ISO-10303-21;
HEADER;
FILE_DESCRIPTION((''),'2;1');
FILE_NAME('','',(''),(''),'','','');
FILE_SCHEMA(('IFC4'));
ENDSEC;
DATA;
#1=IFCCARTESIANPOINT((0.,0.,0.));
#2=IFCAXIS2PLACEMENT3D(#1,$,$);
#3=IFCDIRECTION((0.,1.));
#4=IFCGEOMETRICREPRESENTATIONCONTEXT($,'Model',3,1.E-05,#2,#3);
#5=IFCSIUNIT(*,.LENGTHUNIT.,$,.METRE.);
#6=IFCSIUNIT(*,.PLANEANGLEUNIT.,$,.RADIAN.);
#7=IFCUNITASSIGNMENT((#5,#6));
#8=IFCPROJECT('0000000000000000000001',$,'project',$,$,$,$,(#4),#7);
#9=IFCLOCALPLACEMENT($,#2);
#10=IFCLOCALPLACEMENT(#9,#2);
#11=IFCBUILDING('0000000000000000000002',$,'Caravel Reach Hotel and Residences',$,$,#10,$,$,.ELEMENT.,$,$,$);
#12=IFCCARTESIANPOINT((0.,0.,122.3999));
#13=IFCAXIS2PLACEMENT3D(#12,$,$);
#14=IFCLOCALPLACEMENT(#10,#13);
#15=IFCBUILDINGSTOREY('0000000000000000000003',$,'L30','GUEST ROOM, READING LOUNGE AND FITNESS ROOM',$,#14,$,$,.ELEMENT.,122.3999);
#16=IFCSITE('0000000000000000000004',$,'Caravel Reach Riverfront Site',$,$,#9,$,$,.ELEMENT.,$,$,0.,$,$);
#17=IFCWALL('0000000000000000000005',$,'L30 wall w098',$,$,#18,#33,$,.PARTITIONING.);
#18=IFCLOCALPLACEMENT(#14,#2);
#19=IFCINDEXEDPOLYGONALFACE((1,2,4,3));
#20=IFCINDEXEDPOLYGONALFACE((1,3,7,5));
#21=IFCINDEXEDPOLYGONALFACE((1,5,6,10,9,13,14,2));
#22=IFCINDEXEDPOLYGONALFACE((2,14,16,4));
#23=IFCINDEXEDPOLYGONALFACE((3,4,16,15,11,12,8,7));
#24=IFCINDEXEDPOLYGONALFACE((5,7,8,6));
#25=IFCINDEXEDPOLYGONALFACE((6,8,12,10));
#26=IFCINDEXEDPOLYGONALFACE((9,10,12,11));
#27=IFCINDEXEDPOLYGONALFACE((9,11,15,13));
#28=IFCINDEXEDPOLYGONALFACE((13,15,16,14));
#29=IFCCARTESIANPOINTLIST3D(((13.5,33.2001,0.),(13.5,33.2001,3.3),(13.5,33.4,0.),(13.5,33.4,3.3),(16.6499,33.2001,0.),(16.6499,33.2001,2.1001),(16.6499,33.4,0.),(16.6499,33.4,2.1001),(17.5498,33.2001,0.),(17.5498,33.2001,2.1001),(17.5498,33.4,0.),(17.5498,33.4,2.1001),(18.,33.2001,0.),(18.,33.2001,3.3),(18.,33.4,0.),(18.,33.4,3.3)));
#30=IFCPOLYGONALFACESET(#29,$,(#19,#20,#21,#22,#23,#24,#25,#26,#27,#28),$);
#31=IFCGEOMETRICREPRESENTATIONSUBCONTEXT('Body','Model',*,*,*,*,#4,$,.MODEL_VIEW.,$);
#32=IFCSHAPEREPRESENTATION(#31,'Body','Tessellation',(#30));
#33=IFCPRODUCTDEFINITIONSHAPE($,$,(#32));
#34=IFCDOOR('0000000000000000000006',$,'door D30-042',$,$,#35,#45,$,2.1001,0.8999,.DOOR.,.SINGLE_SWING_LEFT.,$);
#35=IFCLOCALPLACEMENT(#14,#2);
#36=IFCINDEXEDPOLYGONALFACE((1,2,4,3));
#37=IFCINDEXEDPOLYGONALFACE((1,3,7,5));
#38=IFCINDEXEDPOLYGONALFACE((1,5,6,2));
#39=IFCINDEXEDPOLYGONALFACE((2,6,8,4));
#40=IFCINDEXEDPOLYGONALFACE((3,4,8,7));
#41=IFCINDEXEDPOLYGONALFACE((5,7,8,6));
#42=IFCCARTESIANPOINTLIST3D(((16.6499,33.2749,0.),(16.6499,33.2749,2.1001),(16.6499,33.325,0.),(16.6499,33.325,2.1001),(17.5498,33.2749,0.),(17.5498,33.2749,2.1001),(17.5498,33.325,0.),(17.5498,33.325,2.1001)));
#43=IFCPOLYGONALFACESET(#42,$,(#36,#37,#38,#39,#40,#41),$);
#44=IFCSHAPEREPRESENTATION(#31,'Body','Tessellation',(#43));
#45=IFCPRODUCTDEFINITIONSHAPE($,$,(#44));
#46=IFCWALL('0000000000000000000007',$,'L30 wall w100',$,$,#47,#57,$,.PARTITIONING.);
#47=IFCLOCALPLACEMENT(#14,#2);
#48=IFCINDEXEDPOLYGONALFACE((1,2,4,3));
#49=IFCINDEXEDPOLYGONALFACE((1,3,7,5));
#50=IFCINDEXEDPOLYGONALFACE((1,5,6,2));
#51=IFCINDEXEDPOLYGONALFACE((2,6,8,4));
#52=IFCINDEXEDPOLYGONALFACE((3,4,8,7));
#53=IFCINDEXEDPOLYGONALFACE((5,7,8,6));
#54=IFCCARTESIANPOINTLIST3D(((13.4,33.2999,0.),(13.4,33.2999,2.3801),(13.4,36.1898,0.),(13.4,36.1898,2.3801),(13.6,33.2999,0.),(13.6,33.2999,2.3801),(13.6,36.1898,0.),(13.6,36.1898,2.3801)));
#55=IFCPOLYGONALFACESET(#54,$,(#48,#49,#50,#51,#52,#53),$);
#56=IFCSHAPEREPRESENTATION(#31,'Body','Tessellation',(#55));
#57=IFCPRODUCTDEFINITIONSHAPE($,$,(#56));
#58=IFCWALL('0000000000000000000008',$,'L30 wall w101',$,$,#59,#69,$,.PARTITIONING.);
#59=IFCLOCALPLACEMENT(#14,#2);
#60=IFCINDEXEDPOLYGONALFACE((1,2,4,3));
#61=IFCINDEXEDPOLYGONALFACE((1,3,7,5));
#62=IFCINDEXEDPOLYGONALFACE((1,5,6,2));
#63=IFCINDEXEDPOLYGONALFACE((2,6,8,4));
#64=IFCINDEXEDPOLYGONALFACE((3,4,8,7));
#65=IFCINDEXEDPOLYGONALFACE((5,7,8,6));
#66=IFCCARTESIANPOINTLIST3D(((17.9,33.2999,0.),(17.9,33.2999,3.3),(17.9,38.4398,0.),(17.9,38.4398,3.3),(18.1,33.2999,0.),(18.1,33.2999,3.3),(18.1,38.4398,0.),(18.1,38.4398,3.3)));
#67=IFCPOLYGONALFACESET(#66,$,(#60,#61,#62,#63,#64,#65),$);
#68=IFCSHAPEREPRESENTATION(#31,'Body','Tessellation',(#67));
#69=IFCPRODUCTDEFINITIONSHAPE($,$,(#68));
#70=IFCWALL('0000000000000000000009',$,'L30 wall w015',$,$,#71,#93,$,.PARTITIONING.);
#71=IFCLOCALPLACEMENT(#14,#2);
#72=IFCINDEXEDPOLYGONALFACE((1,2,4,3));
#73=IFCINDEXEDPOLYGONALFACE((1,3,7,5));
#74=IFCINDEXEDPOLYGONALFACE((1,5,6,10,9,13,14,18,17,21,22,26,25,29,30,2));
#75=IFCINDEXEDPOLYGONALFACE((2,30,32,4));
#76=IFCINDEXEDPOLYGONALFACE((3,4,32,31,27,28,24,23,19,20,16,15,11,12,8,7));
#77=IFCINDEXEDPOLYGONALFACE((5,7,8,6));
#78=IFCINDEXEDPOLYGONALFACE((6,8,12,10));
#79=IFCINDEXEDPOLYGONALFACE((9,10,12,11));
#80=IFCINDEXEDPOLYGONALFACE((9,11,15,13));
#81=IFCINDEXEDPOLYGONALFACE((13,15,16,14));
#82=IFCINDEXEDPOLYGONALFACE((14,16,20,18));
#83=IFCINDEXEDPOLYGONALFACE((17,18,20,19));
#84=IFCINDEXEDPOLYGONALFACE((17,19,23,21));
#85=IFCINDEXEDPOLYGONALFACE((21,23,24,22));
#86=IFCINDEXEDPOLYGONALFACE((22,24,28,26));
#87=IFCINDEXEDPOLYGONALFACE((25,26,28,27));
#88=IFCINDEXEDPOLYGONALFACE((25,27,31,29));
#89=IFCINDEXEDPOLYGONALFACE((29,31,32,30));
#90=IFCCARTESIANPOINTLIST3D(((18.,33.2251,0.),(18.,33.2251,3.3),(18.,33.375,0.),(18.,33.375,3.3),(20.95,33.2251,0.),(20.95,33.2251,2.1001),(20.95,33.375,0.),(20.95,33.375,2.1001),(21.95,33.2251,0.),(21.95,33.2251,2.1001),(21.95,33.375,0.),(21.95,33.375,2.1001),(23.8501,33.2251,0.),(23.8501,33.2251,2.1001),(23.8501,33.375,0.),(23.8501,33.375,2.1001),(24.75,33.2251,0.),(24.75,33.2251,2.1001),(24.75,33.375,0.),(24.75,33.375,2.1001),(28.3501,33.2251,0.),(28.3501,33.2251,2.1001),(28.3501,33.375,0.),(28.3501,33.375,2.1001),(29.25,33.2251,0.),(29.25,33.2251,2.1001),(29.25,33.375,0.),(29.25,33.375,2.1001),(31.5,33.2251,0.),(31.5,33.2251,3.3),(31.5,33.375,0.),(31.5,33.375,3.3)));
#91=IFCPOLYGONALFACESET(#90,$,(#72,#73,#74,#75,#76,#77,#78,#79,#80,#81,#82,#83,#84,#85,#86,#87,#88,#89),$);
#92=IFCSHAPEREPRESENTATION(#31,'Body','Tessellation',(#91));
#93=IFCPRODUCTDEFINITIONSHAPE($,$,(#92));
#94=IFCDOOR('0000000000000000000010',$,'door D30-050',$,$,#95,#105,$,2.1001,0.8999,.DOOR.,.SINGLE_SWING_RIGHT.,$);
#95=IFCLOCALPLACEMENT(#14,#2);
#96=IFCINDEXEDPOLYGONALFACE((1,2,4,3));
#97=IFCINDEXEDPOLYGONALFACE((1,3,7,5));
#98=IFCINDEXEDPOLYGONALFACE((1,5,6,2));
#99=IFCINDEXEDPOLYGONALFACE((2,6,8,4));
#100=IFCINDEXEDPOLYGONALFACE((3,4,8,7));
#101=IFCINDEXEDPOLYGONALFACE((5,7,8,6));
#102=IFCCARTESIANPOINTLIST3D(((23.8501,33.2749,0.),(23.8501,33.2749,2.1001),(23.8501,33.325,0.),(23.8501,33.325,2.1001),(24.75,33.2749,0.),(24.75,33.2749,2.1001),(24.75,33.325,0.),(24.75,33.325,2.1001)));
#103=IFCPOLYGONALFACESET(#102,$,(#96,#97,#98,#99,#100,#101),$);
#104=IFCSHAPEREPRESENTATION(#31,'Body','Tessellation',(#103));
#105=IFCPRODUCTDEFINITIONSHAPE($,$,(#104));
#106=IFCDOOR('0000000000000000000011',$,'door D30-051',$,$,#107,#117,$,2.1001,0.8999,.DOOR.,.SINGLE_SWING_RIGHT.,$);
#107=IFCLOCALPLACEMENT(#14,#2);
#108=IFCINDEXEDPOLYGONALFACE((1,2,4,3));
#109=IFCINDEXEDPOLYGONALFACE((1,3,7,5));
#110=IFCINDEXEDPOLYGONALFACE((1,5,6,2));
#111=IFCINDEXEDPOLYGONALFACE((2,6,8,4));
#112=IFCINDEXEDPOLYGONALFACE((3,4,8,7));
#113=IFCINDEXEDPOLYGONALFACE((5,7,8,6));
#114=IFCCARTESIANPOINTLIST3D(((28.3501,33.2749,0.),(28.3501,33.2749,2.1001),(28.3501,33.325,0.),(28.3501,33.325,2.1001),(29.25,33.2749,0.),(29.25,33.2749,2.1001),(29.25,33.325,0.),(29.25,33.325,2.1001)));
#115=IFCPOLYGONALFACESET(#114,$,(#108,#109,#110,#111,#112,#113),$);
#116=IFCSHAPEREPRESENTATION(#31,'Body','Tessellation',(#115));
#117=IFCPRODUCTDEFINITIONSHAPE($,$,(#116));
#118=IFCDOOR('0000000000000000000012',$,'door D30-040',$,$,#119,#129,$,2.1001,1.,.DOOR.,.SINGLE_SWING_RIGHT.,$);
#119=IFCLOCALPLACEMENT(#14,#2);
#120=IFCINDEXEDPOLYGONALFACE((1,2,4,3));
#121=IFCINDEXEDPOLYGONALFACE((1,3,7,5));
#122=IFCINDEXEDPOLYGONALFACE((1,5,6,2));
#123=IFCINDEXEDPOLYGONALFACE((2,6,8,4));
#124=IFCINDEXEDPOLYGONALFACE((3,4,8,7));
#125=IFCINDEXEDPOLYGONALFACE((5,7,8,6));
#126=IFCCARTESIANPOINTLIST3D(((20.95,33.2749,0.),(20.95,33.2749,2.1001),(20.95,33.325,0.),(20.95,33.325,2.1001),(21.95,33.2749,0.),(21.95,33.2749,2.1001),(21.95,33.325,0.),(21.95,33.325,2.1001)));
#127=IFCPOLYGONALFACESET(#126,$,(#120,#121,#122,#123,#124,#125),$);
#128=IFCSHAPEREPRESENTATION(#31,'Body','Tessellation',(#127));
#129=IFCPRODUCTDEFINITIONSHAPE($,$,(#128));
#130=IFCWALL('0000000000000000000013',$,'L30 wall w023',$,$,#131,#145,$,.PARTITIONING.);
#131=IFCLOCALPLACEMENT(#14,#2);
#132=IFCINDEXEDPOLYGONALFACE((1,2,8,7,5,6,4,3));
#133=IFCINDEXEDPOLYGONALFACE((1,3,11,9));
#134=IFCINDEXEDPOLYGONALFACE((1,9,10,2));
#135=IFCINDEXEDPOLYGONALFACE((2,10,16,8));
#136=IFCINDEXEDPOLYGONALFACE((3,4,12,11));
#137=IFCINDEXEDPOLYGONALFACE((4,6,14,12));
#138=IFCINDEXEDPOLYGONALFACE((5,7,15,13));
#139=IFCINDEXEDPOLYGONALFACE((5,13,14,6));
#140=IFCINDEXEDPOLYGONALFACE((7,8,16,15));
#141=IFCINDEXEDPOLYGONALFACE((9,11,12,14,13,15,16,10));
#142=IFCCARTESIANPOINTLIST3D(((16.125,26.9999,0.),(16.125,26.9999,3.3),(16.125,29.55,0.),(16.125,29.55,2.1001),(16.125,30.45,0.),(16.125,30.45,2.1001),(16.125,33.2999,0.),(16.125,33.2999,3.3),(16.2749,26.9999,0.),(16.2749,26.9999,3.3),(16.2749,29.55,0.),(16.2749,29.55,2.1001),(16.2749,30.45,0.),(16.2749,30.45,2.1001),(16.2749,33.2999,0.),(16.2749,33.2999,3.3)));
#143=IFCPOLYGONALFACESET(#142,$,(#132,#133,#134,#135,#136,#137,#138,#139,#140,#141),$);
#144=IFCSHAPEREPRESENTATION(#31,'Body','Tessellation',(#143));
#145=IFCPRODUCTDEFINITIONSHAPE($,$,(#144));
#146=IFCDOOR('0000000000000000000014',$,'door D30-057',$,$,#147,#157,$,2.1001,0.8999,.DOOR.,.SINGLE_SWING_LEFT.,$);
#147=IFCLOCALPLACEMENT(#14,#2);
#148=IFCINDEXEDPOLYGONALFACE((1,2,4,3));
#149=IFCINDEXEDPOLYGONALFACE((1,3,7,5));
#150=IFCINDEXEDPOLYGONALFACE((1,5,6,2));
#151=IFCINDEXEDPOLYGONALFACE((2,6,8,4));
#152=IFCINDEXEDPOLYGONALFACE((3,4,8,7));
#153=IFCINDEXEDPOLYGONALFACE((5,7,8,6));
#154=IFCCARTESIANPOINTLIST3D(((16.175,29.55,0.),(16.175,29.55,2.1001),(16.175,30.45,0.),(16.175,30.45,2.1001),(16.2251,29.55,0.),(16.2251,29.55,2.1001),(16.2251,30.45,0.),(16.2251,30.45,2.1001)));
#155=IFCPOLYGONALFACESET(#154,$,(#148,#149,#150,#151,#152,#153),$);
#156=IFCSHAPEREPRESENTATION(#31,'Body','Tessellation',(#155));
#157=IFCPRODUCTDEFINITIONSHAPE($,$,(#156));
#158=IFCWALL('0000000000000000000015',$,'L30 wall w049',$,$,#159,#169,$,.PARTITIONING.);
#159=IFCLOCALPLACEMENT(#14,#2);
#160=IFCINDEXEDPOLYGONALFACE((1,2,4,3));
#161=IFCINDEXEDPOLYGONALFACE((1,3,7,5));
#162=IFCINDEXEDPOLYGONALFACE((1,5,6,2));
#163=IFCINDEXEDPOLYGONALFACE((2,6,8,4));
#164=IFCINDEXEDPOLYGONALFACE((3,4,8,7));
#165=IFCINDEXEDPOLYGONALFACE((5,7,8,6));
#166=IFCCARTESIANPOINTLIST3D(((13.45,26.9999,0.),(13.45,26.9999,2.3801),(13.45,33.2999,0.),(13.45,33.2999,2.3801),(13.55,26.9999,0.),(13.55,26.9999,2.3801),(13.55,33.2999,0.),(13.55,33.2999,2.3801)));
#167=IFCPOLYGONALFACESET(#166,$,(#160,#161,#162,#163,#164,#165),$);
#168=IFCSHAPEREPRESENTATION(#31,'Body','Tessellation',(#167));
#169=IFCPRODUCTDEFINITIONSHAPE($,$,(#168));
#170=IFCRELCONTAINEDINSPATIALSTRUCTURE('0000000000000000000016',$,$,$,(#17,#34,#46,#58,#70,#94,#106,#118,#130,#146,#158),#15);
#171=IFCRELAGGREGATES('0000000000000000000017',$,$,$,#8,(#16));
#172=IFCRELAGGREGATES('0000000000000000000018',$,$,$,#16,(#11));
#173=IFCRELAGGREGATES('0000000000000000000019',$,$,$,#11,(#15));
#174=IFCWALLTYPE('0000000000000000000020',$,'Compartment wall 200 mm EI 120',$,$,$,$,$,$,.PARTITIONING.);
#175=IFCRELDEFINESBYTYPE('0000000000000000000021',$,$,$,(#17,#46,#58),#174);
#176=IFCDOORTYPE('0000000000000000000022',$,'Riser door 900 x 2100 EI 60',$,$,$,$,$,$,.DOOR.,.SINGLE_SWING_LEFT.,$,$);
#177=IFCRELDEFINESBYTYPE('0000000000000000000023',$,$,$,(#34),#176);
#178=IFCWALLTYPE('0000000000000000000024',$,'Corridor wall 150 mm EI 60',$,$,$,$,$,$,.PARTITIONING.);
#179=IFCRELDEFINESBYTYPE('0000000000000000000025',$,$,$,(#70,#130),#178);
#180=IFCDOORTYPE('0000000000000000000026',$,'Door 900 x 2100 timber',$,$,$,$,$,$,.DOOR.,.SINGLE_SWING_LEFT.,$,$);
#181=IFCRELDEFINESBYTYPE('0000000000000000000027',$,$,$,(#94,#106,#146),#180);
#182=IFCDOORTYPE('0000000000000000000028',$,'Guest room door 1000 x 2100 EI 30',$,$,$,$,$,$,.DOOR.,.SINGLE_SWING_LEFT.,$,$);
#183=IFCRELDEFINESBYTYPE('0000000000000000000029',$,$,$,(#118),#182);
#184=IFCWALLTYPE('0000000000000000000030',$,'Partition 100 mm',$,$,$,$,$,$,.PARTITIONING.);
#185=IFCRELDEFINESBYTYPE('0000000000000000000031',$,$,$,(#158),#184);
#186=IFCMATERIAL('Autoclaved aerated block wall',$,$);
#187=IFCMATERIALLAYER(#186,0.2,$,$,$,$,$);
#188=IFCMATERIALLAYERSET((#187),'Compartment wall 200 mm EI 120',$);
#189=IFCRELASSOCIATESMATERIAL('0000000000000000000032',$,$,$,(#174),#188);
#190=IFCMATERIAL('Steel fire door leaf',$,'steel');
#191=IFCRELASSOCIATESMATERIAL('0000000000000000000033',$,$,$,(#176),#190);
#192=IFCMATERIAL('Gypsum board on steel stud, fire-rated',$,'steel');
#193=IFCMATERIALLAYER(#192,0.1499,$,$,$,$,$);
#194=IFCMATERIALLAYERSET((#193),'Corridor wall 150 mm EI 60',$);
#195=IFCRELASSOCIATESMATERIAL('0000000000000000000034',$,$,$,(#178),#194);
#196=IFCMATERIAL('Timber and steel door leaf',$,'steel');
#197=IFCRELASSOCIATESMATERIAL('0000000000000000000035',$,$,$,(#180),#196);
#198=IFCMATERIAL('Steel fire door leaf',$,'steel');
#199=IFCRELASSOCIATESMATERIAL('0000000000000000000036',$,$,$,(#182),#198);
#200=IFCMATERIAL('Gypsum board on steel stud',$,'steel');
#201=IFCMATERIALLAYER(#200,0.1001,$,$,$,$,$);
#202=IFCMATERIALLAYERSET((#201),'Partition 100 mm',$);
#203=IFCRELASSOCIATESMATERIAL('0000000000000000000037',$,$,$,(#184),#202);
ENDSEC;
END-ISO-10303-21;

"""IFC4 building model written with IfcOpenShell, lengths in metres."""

from ifc_helpers import new_model, si_unit, direction, frame, frame_2d, origin, place, context, subcontext, project, spatial, rectangle, extrude, material, layer, layer_set, type_object, element, fill, save


model = new_model("IFC4")

# Units and contexts
model_context = context("Model", 3, precision=1e-05, world=origin(), true_north=direction((0.0, 1.0)))
body_context = subcontext(model_context, "Body", "Model", "MODEL_VIEW")
ifc_project = project(units=[si_unit("LENGTHUNIT", "METRE"), si_unit("PLANEANGLEUNIT", "RADIAN")], contexts=[model_context])

# Site, building, storey
site_placement = place(None, origin())
site = spatial("IfcSite", under=ifc_project, at=site_placement, Name="Caravel Reach Riverfront Site", CompositionType="ELEMENT", RefElevation=0.0)
building_placement = place(site_placement, origin())
building = spatial("IfcBuilding", under=site, at=building_placement, Name="Caravel Reach Hotel and Residences", CompositionType="ELEMENT")
storey_placement = place(building_placement, frame((0.0, 0.0, 122.3999)))
storey = spatial("IfcBuildingStorey", under=building, at=storey_placement, Name="L30", Description="GUEST ROOM, READING LOUNGE AND FITNESS ROOM", CompositionType="ELEMENT", Elevation=122.3999)

# Wall, opening, door
ifc_material_1 = material(Name="Autoclaved aerated block wall")
ifc_layer_1 = layer(ifc_material_1, 0.2)
ifc_layer_set_1 = layer_set([ifc_layer_1], Name="Compartment wall 200 mm EI 120")
wall_type_1 = type_object("IfcWallType", Name="Compartment wall 200 mm EI 120", PredefinedType="PARTITIONING", material=ifc_layer_set_1)
wall_1_placement = place(storey_placement, frame((13.5, 33.3, 0.0), z_axis=(0.0, 0.0, 1.0), x_axis=(1.0, 0.0, 0.0)))
wall_1 = element("IfcWall", 1, at=wall_1_placement, inside=storey, type_object=wall_type_1, Name="L30 wall w098", PredefinedType="PARTITIONING", context=body_context, shape_type="SweptSolid", body=[
    extrude(rectangle(XDim=4.5, YDim=0.2, at=frame_2d((2.25, 0.0))), origin(), (0.0, 0.0, 1.0), 3.3),
])
opening_1_placement = place(wall_1_placement, frame((3.1499, 0.0, 0.0)))
opening_1 = element("IfcOpeningElement", 2, at=opening_1_placement, cuts=wall_1, PredefinedType="OPENING", context=body_context, shape_type="SweptSolid", body=[
    extrude(rectangle(XDim=0.8999, YDim=2.1001, at=frame_2d((0.45, 1.05))), frame((0.0, 0.1099, 0.0), z_axis=(0.0, -1.0, 0.0), x_axis=(1.0, 0.0, 0.0)), (0.0, 0.0, 1.0), 0.22),
])
ifc_material_2 = material(Name="Steel fire door leaf", Category="steel")
door_type_1 = type_object("IfcDoorType", Name="Riser door 900 x 2100 EI 60", OperationType="SINGLE_SWING_LEFT", PredefinedType="DOOR", material=ifc_material_2)
door_1_placement = place(opening_1_placement, origin())
door_1 = element("IfcDoor", 3, at=door_1_placement, inside=storey, type_object=door_type_1, Name="door D30-042", OperationType="SINGLE_SWING_LEFT", OverallHeight=2.1001, OverallWidth=0.8999, PredefinedType="DOOR", context=body_context, shape_type="SweptSolid", body=[
    extrude(rectangle(XDim=0.8999, YDim=2.1001, at=frame_2d((0.45, 1.05))), frame((0.0, 0.0249, 0.0), z_axis=(0.0, -1.0, 0.0), x_axis=(1.0, 0.0, 0.0)), (0.0, 0.0, 1.0), 0.05),
])
fill(opening_1, door_1)

# Walls
wall_2_placement = place(storey_placement, frame((13.5, 33.3, 0.0), z_axis=(0.0, 0.0, 1.0), x_axis=(0.0, 1.0, 0.0)))
element("IfcWall", 4, at=wall_2_placement, inside=storey, type_object=wall_type_1, Name="L30 wall w100", PredefinedType="PARTITIONING", context=body_context, shape_type="SweptSolid", body=[
    extrude(rectangle(XDim=2.8899, YDim=0.2, at=frame_2d((1.4448, 0.0))), origin(), (0.0, 0.0, 1.0), 2.3801),
])
wall_3_placement = place(storey_placement, frame((18.0, 33.3, 0.0), z_axis=(0.0, 0.0, 1.0), x_axis=(0.0, 1.0, 0.0)))
element("IfcWall", 5, at=wall_3_placement, inside=storey, type_object=wall_type_1, Name="L30 wall w101", PredefinedType="PARTITIONING", context=body_context, shape_type="SweptSolid", body=[
    extrude(rectangle(XDim=5.1399, YDim=0.2, at=frame_2d((2.5698, 0.0))), origin(), (0.0, 0.0, 1.0), 3.3),
])

# Wall, openings, doors
ifc_material_3 = material(Name="Gypsum board on steel stud, fire-rated", Category="steel")
ifc_layer_2 = layer(ifc_material_3, 0.1499)
ifc_layer_set_2 = layer_set([ifc_layer_2], Name="Corridor wall 150 mm EI 60")
wall_type_2 = type_object("IfcWallType", Name="Corridor wall 150 mm EI 60", PredefinedType="PARTITIONING", material=ifc_layer_set_2)
wall_4_placement = place(storey_placement, frame((18.0, 33.3, 0.0), z_axis=(0.0, 0.0, 1.0), x_axis=(1.0, 0.0, 0.0)))
wall_4 = element("IfcWall", 6, at=wall_4_placement, inside=storey, type_object=wall_type_2, Name="L30 wall w015", PredefinedType="PARTITIONING", context=body_context, shape_type="SweptSolid", body=[
    extrude(rectangle(XDim=13.5, YDim=0.1499, at=frame_2d((6.75, 0.0))), origin(), (0.0, 0.0, 1.0), 3.3),
])
opening_2_placement = place(wall_4_placement, frame((2.95, 0.0, 0.0)))
opening_2 = element("IfcOpeningElement", 7, at=opening_2_placement, cuts=wall_4, PredefinedType="OPENING", context=body_context, shape_type="SweptSolid", body=[
    extrude(rectangle(XDim=1.0, YDim=2.1001, at=frame_2d((0.5, 1.05))), frame((0.0, 0.085, 0.0), z_axis=(0.0, -1.0, 0.0), x_axis=(1.0, 0.0, 0.0)), (0.0, 0.0, 1.0), 0.1699),
])
opening_3_placement = place(wall_4_placement, frame((5.8501, 0.0, 0.0)))
opening_3 = element("IfcOpeningElement", 8, at=opening_3_placement, cuts=wall_4, PredefinedType="OPENING", context=body_context, shape_type="SweptSolid", body=[
    extrude(rectangle(XDim=0.8999, YDim=2.1001, at=frame_2d((0.45, 1.05))), frame((0.0, 0.085, 0.0), z_axis=(0.0, -1.0, 0.0), x_axis=(1.0, 0.0, 0.0)), (0.0, 0.0, 1.0), 0.1699),
])
opening_4_placement = place(wall_4_placement, frame((10.3501, 0.0, 0.0)))
opening_4 = element("IfcOpeningElement", 9, at=opening_4_placement, cuts=wall_4, PredefinedType="OPENING", context=body_context, shape_type="SweptSolid", body=[
    extrude(rectangle(XDim=0.8999, YDim=2.1001, at=frame_2d((0.45, 1.05))), frame((0.0, 0.085, 0.0), z_axis=(0.0, -1.0, 0.0), x_axis=(1.0, 0.0, 0.0)), (0.0, 0.0, 1.0), 0.1699),
])
ifc_material_4 = material(Name="Timber and steel door leaf", Category="steel")
door_type_2 = type_object("IfcDoorType", Name="Door 900 x 2100 timber", OperationType="SINGLE_SWING_LEFT", PredefinedType="DOOR", material=ifc_material_4)
door_2_placement = place(opening_3_placement, origin())
door_2 = element("IfcDoor", 10, at=door_2_placement, inside=storey, type_object=door_type_2, Name="door D30-050", OperationType="SINGLE_SWING_RIGHT", OverallHeight=2.1001, OverallWidth=0.8999, PredefinedType="DOOR", context=body_context, shape_type="SweptSolid", body=[
    extrude(rectangle(XDim=0.8999, YDim=2.1001, at=frame_2d((0.45, 1.05))), frame((0.0, 0.0249, 0.0), z_axis=(0.0, -1.0, 0.0), x_axis=(1.0, 0.0, 0.0)), (0.0, 0.0, 1.0), 0.05),
])
fill(opening_3, door_2)
door_3_placement = place(opening_4_placement, origin())
door_3 = element("IfcDoor", 11, at=door_3_placement, inside=storey, type_object=door_type_2, Name="door D30-051", OperationType="SINGLE_SWING_RIGHT", OverallHeight=2.1001, OverallWidth=0.8999, PredefinedType="DOOR", context=body_context, shape_type="SweptSolid", body=[
    extrude(rectangle(XDim=0.8999, YDim=2.1001, at=frame_2d((0.45, 1.05))), frame((0.0, 0.0249, 0.0), z_axis=(0.0, -1.0, 0.0), x_axis=(1.0, 0.0, 0.0)), (0.0, 0.0, 1.0), 0.05),
])
fill(opening_4, door_3)
ifc_material_5 = material(Name="Steel fire door leaf", Category="steel")
door_type_3 = type_object("IfcDoorType", Name="Guest room door 1000 x 2100 EI 30", OperationType="SINGLE_SWING_LEFT", PredefinedType="DOOR", material=ifc_material_5)
door_4_placement = place(opening_2_placement, origin())
door_4 = element("IfcDoor", 12, at=door_4_placement, inside=storey, type_object=door_type_3, Name="door D30-040", OperationType="SINGLE_SWING_RIGHT", OverallHeight=2.1001, OverallWidth=1.0, PredefinedType="DOOR", context=body_context, shape_type="SweptSolid", body=[
    extrude(rectangle(XDim=1.0, YDim=2.1001, at=frame_2d((0.5, 1.05))), frame((0.0, 0.0249, 0.0), z_axis=(0.0, -1.0, 0.0), x_axis=(1.0, 0.0, 0.0)), (0.0, 0.0, 1.0), 0.05),
])
fill(opening_2, door_4)

# Wall, opening, door
wall_5_placement = place(storey_placement, frame((16.2, 27.0, 0.0), z_axis=(0.0, 0.0, 1.0), x_axis=(0.0, 1.0, 0.0)))
wall_5 = element("IfcWall", 13, at=wall_5_placement, inside=storey, type_object=wall_type_2, Name="L30 wall w023", PredefinedType="PARTITIONING", context=body_context, shape_type="SweptSolid", body=[
    extrude(rectangle(XDim=6.3, YDim=0.1499, at=frame_2d((3.1499, 0.0))), origin(), (0.0, 0.0, 1.0), 3.3),
])
opening_5_placement = place(wall_5_placement, frame((2.55, 0.0, 0.0)))
opening_5 = element("IfcOpeningElement", 14, at=opening_5_placement, cuts=wall_5, PredefinedType="OPENING", context=body_context, shape_type="SweptSolid", body=[
    extrude(rectangle(XDim=0.8999, YDim=2.1001, at=frame_2d((0.45, 1.05))), frame((0.0, 0.085, 0.0), z_axis=(0.0, -1.0, 0.0), x_axis=(1.0, 0.0, 0.0)), (0.0, 0.0, 1.0), 0.1699),
])
door_5_placement = place(opening_5_placement, origin())
door_5 = element("IfcDoor", 15, at=door_5_placement, inside=storey, type_object=door_type_2, Name="door D30-057", OperationType="SINGLE_SWING_LEFT", OverallHeight=2.1001, OverallWidth=0.8999, PredefinedType="DOOR", context=body_context, shape_type="SweptSolid", body=[
    extrude(rectangle(XDim=0.8999, YDim=2.1001, at=frame_2d((0.45, 1.05))), frame((0.0, 0.0249, 0.0), z_axis=(0.0, -1.0, 0.0), x_axis=(1.0, 0.0, 0.0)), (0.0, 0.0, 1.0), 0.05),
])
fill(opening_5, door_5)

# Wall
ifc_material_6 = material(Name="Gypsum board on steel stud", Category="steel")
ifc_layer_3 = layer(ifc_material_6, 0.1001)
ifc_layer_set_3 = layer_set([ifc_layer_3], Name="Partition 100 mm")
wall_type_3 = type_object("IfcWallType", Name="Partition 100 mm", PredefinedType="PARTITIONING", material=ifc_layer_set_3)
wall_6_placement = place(storey_placement, frame((13.5, 27.0, 0.0), z_axis=(0.0, 0.0, 1.0), x_axis=(0.0, 1.0, 0.0)))
element("IfcWall", 16, at=wall_6_placement, inside=storey, type_object=wall_type_3, Name="L30 wall w049", PredefinedType="PARTITIONING", context=body_context, shape_type="SweptSolid", body=[
    extrude(rectangle(XDim=6.3, YDim=0.1001, at=frame_2d((3.1499, 0.0))), origin(), (0.0, 0.0, 1.0), 2.3801),
])

save(model, "model.ifc")
